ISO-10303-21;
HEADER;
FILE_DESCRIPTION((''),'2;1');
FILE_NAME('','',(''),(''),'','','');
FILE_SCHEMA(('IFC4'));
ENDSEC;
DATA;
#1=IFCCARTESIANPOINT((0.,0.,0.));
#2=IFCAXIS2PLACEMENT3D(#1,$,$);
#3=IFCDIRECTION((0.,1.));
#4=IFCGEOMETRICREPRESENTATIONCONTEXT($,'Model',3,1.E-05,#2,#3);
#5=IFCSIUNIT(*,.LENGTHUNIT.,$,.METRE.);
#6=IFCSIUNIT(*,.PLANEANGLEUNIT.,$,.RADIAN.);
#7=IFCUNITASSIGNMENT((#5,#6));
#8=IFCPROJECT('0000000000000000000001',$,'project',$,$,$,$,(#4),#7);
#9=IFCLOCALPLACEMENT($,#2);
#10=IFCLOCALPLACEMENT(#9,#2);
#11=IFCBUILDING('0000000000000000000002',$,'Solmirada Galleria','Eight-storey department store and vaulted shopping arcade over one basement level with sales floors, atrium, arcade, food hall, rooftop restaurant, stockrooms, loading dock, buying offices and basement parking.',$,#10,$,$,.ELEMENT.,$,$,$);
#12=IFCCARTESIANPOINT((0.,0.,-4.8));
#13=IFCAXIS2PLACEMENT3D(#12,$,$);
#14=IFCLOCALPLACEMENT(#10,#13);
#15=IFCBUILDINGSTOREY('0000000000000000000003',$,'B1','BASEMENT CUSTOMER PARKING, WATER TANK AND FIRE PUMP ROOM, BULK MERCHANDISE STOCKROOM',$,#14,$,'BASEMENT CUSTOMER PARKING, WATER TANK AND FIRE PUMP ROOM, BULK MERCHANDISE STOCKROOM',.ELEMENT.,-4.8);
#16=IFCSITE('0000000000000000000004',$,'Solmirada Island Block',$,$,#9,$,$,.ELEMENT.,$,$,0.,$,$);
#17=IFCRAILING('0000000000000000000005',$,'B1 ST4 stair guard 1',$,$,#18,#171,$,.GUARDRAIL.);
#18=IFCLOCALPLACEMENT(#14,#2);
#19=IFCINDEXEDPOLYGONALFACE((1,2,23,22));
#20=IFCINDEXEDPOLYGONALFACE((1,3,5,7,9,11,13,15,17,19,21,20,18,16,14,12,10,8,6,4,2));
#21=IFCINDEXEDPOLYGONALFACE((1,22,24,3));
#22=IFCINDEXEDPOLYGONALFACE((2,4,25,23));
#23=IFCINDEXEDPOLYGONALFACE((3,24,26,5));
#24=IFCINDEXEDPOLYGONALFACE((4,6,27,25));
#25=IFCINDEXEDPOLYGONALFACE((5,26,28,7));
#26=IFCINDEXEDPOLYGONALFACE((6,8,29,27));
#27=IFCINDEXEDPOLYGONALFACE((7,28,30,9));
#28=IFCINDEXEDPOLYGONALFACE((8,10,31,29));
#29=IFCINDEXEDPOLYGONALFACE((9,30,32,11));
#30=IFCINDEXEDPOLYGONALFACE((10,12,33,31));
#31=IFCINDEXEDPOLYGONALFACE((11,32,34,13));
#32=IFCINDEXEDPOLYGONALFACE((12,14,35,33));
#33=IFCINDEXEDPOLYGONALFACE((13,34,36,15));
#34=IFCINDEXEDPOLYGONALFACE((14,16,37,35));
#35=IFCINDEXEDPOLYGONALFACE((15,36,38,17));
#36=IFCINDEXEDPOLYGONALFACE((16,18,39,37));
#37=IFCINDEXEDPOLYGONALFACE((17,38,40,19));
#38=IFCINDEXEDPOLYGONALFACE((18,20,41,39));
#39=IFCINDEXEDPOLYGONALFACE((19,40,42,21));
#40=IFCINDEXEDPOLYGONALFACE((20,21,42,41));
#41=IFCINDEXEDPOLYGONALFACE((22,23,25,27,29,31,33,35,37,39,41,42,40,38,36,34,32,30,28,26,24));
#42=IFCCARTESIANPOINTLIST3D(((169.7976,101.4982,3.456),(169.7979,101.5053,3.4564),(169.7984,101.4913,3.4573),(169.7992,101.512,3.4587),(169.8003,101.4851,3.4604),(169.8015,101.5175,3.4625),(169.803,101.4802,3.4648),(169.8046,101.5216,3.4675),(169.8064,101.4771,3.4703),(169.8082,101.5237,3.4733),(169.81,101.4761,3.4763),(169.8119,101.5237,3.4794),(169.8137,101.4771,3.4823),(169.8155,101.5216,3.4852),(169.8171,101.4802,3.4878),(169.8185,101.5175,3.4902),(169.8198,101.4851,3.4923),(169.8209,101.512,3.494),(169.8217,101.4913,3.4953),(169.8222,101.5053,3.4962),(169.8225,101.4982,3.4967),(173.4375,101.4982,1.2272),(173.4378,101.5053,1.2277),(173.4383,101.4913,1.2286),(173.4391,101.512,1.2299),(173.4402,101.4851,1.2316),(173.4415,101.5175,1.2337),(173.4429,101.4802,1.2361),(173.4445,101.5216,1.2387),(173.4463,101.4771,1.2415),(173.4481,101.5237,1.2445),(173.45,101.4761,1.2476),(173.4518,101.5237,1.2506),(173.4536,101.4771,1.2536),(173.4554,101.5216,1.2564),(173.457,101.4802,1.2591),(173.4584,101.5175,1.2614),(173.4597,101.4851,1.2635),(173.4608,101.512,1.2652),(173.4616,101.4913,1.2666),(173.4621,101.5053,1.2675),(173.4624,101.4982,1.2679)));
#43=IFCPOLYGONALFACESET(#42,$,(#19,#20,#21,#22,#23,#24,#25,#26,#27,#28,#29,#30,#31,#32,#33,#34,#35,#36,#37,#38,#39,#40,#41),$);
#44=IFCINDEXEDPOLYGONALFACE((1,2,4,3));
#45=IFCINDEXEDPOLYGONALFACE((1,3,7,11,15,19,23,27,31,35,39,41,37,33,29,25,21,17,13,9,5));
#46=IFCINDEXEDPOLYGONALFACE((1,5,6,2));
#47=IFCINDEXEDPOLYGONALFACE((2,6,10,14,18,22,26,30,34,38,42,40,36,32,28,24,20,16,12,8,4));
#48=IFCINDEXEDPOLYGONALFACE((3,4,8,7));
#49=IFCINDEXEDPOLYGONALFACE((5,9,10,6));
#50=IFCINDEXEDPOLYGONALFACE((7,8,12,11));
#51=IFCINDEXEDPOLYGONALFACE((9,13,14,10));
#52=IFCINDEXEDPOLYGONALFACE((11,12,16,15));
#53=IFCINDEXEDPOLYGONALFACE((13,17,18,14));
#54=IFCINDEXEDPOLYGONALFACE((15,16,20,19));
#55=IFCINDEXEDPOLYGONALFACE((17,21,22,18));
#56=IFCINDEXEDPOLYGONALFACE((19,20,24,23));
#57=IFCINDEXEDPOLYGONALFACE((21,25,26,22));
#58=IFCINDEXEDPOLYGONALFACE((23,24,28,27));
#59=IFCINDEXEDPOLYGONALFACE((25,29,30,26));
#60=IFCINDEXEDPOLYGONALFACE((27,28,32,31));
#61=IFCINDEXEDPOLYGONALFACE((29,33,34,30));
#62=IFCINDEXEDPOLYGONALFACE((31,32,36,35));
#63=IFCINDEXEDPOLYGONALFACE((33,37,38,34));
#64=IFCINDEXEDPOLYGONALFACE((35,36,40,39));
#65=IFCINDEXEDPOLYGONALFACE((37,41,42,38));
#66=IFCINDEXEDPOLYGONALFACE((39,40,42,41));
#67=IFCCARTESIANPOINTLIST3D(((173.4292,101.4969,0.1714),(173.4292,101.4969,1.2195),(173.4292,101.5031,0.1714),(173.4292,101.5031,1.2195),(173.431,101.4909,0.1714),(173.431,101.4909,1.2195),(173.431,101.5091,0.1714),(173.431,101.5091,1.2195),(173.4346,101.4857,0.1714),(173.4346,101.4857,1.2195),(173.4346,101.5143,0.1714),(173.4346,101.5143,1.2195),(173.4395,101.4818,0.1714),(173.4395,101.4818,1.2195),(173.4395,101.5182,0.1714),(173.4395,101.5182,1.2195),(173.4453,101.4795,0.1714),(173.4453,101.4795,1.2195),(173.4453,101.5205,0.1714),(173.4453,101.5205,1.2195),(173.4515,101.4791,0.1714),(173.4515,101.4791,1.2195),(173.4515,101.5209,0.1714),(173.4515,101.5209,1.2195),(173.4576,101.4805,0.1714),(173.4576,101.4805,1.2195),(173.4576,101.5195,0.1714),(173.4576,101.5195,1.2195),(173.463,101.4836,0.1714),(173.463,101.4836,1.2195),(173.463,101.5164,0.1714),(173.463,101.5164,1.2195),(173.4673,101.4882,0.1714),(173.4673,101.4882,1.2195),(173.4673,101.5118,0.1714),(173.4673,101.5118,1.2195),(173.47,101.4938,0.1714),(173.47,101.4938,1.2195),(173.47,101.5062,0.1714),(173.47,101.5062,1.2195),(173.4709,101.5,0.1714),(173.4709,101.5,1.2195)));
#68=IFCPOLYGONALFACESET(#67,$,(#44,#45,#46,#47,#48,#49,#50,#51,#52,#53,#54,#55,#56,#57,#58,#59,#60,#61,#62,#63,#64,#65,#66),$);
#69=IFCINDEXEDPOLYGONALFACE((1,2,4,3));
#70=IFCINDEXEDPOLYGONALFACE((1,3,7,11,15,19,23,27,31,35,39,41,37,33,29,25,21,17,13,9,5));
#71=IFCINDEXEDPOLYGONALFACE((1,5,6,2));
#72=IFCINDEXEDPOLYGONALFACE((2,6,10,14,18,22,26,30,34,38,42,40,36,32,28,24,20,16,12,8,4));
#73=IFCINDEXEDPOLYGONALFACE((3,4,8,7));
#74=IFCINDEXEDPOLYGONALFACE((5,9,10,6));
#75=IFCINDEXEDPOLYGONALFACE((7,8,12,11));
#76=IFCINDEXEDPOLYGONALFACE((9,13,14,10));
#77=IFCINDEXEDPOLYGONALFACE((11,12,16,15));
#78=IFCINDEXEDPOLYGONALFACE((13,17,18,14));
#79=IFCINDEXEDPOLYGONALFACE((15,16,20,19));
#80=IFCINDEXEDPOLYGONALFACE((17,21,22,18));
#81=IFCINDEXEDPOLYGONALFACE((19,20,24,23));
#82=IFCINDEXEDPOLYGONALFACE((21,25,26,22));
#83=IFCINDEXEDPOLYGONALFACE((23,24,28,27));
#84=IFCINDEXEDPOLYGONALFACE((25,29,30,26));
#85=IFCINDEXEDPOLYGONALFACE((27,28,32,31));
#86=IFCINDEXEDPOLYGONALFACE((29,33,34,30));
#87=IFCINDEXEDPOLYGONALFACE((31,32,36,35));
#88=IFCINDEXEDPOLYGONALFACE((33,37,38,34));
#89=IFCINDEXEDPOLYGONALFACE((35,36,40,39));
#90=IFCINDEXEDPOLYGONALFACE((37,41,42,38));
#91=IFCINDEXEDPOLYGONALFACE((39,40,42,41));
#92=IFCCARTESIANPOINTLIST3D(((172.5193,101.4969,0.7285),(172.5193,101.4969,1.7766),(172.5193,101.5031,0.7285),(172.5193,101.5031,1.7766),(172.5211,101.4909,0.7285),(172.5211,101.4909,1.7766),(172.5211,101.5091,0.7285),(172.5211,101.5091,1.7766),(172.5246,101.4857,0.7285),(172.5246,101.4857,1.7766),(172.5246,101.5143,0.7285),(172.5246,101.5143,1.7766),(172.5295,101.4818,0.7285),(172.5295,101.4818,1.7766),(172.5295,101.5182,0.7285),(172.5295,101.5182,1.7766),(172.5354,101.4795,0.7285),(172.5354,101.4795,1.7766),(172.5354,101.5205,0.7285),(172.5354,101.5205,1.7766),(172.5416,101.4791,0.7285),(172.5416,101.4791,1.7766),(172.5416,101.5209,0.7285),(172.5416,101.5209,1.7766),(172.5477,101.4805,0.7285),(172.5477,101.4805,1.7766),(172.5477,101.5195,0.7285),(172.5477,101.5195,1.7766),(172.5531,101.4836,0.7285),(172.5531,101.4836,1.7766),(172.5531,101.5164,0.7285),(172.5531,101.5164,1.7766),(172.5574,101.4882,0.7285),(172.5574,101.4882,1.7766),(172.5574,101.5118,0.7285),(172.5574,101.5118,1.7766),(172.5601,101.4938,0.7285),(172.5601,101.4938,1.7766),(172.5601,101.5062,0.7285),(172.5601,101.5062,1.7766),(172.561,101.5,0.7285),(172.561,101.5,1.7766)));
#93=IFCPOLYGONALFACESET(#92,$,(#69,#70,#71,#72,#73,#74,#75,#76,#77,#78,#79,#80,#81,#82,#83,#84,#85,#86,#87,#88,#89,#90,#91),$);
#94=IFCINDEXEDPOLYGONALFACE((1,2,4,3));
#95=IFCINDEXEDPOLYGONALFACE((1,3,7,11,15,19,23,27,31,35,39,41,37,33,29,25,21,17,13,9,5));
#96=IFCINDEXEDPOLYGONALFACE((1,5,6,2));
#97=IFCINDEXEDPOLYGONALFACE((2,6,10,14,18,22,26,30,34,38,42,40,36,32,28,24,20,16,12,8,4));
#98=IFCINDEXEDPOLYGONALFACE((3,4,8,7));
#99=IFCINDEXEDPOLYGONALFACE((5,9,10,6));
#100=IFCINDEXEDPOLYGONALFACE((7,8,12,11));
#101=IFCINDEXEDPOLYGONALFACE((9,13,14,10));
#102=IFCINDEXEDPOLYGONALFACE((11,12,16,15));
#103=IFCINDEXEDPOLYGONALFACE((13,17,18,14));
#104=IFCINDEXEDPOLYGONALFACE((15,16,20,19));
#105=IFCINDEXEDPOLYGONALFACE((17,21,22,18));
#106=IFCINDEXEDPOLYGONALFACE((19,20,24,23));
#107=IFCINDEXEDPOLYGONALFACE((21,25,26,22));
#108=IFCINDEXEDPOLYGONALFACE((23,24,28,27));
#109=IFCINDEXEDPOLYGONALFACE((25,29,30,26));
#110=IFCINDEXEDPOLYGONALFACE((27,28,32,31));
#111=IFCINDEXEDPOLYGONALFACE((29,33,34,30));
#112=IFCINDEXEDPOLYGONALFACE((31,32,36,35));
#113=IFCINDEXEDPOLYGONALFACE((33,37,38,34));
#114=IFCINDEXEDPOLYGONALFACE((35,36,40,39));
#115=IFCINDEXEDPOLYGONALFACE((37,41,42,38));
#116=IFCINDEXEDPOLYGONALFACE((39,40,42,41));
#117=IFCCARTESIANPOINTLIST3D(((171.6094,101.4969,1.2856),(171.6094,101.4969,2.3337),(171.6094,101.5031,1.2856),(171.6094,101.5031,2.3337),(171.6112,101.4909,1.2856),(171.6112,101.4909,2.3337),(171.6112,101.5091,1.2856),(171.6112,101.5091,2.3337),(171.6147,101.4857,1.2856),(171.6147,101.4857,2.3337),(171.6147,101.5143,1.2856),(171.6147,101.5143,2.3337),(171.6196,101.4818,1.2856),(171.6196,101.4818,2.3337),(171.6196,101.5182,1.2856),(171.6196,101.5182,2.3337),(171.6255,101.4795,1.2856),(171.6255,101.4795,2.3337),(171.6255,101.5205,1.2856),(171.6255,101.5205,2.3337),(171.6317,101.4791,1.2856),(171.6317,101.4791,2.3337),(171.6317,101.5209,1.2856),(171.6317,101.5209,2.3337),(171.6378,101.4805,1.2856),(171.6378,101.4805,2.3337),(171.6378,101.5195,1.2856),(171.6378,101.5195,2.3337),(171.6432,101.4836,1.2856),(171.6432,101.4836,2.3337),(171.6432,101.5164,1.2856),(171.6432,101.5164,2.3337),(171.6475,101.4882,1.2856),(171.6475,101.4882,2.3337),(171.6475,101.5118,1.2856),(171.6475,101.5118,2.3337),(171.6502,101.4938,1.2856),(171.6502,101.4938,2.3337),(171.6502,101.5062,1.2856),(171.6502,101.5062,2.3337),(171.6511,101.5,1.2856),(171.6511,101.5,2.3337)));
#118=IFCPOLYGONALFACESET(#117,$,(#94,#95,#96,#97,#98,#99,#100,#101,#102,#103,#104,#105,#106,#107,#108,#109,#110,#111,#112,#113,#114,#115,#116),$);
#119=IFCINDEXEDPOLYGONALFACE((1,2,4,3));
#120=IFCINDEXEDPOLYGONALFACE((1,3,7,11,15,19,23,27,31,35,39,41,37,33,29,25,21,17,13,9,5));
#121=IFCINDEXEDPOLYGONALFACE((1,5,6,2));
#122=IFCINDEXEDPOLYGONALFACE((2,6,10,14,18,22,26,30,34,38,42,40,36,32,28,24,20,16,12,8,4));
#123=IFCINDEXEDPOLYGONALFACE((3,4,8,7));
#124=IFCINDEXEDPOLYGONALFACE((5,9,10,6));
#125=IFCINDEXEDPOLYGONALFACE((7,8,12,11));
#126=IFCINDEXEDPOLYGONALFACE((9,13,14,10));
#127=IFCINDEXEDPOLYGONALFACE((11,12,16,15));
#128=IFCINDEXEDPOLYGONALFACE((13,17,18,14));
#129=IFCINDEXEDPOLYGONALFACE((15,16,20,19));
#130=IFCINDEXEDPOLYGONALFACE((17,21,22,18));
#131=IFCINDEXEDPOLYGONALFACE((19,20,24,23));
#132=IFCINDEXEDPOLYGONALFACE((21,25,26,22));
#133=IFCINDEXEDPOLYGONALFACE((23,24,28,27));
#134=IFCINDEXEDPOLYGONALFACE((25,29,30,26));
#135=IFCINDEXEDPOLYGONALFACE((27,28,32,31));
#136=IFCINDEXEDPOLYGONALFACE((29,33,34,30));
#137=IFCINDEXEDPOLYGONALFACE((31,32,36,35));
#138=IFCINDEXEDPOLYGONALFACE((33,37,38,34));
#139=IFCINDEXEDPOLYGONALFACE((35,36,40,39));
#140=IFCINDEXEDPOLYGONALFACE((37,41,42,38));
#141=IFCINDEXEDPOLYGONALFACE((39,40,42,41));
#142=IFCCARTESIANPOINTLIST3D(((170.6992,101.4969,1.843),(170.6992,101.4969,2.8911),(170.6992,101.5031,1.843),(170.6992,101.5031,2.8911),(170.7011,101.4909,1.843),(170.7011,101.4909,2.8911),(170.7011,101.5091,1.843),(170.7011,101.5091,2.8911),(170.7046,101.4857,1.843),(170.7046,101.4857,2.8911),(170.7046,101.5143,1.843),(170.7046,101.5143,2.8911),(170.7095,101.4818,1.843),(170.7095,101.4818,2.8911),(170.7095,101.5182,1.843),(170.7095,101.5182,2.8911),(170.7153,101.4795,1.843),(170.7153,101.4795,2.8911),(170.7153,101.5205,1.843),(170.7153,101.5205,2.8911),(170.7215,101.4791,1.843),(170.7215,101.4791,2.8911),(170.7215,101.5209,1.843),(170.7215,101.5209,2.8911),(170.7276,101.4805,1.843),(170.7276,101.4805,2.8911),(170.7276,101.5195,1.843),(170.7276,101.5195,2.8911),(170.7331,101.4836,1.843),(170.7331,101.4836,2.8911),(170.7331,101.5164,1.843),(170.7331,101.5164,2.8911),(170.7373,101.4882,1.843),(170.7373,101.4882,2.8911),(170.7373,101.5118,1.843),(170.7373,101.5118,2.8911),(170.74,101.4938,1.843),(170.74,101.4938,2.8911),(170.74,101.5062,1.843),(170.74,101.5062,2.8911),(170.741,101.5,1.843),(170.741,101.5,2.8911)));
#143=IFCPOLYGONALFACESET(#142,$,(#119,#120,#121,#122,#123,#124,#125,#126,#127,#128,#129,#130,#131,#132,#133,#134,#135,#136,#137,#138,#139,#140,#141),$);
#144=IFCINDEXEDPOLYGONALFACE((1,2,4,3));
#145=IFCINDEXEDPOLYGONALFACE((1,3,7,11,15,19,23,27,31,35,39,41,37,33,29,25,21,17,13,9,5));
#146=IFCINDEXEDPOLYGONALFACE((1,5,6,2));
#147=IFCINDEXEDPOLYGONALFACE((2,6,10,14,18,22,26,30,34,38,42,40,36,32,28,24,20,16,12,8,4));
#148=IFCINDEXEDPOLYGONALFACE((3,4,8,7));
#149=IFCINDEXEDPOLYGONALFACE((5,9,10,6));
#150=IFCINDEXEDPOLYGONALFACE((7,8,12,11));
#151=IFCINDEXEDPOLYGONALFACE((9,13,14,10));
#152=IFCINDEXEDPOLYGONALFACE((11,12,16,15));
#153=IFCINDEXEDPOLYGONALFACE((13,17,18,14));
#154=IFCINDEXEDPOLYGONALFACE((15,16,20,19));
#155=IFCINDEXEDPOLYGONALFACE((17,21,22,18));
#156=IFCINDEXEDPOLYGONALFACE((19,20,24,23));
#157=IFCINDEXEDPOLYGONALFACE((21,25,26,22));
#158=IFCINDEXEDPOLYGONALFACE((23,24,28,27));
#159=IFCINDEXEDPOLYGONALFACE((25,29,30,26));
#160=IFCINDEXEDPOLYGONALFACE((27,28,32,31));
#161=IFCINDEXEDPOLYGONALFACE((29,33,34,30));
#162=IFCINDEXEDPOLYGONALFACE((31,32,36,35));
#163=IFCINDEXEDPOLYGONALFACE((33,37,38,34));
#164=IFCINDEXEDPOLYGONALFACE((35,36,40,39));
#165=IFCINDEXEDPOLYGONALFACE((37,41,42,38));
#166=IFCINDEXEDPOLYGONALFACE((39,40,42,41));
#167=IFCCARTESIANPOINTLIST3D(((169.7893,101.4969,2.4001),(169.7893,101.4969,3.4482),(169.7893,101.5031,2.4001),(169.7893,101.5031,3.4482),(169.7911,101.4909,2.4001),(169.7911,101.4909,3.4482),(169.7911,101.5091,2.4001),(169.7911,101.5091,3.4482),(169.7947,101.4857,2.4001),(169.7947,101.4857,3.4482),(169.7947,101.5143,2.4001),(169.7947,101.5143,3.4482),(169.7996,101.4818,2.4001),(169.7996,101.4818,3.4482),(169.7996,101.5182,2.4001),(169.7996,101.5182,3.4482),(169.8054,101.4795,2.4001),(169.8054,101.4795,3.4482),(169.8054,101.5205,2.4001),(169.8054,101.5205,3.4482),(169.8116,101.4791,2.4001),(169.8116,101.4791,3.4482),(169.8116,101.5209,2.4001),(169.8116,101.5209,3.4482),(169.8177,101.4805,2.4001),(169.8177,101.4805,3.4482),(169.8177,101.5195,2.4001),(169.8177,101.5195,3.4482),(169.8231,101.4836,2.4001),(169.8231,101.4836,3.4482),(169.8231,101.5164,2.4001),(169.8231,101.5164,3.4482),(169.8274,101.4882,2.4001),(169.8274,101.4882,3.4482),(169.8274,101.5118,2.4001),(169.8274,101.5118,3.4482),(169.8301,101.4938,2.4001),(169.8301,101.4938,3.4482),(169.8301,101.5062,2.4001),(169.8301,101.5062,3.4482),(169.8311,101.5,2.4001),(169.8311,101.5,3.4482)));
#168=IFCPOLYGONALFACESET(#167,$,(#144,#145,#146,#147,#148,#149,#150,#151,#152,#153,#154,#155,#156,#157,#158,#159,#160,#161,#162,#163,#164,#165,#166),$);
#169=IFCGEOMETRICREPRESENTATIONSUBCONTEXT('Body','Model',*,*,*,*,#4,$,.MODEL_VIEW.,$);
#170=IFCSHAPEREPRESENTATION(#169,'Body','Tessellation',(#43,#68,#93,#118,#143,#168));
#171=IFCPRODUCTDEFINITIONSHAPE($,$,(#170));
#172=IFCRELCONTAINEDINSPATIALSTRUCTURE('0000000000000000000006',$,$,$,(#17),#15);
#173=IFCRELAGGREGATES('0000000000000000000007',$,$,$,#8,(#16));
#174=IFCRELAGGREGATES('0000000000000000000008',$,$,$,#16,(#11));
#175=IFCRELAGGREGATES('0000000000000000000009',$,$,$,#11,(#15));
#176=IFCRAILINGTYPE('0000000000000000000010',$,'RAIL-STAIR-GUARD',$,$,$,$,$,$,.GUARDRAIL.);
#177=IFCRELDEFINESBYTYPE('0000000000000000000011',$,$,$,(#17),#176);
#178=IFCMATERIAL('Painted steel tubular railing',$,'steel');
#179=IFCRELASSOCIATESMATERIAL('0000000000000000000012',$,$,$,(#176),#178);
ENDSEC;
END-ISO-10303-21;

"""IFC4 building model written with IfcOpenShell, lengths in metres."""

from ifc_helpers import new_model, si_unit, direction, frame, origin, origin_2d, place, context, subcontext, project, spatial, circle, extrude, material, type_object, element, save


model = new_model("IFC4")

# Units and contexts
model_context = context("Model", 3, precision=1e-05, world=origin(), true_north=direction((0.0, 1.0)))
body_context = subcontext(model_context, "Body", "Model", "MODEL_VIEW")
ifc_project = project(units=[si_unit("LENGTHUNIT", "METRE"), si_unit("PLANEANGLEUNIT", "RADIAN")], contexts=[model_context])

# Site, building, storey
site_placement = place(None, origin())
site = spatial("IfcSite", under=ifc_project, at=site_placement, Name="Solmirada Island Block", CompositionType="ELEMENT", RefElevation=0.0)
building_placement = place(site_placement, origin())
building = spatial("IfcBuilding", under=site, at=building_placement, Name="Solmirada Galleria", Description="Eight-storey department store and vaulted shopping arcade over one basement level with sales floors, atrium, arcade, food hall, rooftop restaurant, stockrooms, loading dock, buying offices and basement parking.", CompositionType="ELEMENT")
storey_placement = place(building_placement, frame((0.0, 0.0, -4.8)))
storey = spatial("IfcBuildingStorey", under=building, at=storey_placement, Name="B1", Description="BASEMENT CUSTOMER PARKING, WATER TANK AND FIRE PUMP ROOM, BULK MERCHANDISE STOCKROOM", LongName="BASEMENT CUSTOMER PARKING, WATER TANK AND FIRE PUMP ROOM, BULK MERCHANDISE STOCKROOM", CompositionType="ELEMENT", Elevation=-4.8)

# Railing
ifc_material_1 = material(Name="Painted steel tubular railing", Category="steel")
railing_type_1 = type_object("IfcRailingType", Name="RAIL-STAIR-GUARD", PredefinedType="GUARDRAIL", material=ifc_material_1)
railing_1_placement = place(storey_placement, frame((173.45, 101.5, 0.1714)))
element("IfcRailing", 1, at=railing_1_placement, inside=storey, type_object=railing_type_1, Name="B1 ST4 stair guard 1", PredefinedType="GUARDRAIL", context=body_context, shape_type="SweptSolid", body=[
    extrude(circle(Radius=0.0239, at=origin_2d()), frame((0.0, 0.0, 1.0762), z_axis=(-0.852825, 0.0, 0.522197), x_axis=(0.0, -1.0, 0.0)), (0.0, 0.0, 1.0), 4.2681),
    extrude(circle(Radius=0.021, at=origin_2d()), origin(), (0.0, 0.0, 1.0), 1.0481),
    extrude(circle(Radius=0.021, at=origin_2d()), frame((-0.9099, 0.0, 0.5571)), (0.0, 0.0, 1.0), 1.0481),
    extrude(circle(Radius=0.021, at=origin_2d()), frame((-1.8198, 0.0, 1.1143)), (0.0, 0.0, 1.0), 1.0481),
    extrude(circle(Radius=0.021, at=origin_2d()), frame((-2.73, 0.0, 1.6716)), (0.0, 0.0, 1.0), 1.0481),
    extrude(circle(Radius=0.021, at=origin_2d()), frame((-3.6399, 0.0, 2.2288)), (0.0, 0.0, 1.0), 1.0481),
])

save(model, "model.ifc")
